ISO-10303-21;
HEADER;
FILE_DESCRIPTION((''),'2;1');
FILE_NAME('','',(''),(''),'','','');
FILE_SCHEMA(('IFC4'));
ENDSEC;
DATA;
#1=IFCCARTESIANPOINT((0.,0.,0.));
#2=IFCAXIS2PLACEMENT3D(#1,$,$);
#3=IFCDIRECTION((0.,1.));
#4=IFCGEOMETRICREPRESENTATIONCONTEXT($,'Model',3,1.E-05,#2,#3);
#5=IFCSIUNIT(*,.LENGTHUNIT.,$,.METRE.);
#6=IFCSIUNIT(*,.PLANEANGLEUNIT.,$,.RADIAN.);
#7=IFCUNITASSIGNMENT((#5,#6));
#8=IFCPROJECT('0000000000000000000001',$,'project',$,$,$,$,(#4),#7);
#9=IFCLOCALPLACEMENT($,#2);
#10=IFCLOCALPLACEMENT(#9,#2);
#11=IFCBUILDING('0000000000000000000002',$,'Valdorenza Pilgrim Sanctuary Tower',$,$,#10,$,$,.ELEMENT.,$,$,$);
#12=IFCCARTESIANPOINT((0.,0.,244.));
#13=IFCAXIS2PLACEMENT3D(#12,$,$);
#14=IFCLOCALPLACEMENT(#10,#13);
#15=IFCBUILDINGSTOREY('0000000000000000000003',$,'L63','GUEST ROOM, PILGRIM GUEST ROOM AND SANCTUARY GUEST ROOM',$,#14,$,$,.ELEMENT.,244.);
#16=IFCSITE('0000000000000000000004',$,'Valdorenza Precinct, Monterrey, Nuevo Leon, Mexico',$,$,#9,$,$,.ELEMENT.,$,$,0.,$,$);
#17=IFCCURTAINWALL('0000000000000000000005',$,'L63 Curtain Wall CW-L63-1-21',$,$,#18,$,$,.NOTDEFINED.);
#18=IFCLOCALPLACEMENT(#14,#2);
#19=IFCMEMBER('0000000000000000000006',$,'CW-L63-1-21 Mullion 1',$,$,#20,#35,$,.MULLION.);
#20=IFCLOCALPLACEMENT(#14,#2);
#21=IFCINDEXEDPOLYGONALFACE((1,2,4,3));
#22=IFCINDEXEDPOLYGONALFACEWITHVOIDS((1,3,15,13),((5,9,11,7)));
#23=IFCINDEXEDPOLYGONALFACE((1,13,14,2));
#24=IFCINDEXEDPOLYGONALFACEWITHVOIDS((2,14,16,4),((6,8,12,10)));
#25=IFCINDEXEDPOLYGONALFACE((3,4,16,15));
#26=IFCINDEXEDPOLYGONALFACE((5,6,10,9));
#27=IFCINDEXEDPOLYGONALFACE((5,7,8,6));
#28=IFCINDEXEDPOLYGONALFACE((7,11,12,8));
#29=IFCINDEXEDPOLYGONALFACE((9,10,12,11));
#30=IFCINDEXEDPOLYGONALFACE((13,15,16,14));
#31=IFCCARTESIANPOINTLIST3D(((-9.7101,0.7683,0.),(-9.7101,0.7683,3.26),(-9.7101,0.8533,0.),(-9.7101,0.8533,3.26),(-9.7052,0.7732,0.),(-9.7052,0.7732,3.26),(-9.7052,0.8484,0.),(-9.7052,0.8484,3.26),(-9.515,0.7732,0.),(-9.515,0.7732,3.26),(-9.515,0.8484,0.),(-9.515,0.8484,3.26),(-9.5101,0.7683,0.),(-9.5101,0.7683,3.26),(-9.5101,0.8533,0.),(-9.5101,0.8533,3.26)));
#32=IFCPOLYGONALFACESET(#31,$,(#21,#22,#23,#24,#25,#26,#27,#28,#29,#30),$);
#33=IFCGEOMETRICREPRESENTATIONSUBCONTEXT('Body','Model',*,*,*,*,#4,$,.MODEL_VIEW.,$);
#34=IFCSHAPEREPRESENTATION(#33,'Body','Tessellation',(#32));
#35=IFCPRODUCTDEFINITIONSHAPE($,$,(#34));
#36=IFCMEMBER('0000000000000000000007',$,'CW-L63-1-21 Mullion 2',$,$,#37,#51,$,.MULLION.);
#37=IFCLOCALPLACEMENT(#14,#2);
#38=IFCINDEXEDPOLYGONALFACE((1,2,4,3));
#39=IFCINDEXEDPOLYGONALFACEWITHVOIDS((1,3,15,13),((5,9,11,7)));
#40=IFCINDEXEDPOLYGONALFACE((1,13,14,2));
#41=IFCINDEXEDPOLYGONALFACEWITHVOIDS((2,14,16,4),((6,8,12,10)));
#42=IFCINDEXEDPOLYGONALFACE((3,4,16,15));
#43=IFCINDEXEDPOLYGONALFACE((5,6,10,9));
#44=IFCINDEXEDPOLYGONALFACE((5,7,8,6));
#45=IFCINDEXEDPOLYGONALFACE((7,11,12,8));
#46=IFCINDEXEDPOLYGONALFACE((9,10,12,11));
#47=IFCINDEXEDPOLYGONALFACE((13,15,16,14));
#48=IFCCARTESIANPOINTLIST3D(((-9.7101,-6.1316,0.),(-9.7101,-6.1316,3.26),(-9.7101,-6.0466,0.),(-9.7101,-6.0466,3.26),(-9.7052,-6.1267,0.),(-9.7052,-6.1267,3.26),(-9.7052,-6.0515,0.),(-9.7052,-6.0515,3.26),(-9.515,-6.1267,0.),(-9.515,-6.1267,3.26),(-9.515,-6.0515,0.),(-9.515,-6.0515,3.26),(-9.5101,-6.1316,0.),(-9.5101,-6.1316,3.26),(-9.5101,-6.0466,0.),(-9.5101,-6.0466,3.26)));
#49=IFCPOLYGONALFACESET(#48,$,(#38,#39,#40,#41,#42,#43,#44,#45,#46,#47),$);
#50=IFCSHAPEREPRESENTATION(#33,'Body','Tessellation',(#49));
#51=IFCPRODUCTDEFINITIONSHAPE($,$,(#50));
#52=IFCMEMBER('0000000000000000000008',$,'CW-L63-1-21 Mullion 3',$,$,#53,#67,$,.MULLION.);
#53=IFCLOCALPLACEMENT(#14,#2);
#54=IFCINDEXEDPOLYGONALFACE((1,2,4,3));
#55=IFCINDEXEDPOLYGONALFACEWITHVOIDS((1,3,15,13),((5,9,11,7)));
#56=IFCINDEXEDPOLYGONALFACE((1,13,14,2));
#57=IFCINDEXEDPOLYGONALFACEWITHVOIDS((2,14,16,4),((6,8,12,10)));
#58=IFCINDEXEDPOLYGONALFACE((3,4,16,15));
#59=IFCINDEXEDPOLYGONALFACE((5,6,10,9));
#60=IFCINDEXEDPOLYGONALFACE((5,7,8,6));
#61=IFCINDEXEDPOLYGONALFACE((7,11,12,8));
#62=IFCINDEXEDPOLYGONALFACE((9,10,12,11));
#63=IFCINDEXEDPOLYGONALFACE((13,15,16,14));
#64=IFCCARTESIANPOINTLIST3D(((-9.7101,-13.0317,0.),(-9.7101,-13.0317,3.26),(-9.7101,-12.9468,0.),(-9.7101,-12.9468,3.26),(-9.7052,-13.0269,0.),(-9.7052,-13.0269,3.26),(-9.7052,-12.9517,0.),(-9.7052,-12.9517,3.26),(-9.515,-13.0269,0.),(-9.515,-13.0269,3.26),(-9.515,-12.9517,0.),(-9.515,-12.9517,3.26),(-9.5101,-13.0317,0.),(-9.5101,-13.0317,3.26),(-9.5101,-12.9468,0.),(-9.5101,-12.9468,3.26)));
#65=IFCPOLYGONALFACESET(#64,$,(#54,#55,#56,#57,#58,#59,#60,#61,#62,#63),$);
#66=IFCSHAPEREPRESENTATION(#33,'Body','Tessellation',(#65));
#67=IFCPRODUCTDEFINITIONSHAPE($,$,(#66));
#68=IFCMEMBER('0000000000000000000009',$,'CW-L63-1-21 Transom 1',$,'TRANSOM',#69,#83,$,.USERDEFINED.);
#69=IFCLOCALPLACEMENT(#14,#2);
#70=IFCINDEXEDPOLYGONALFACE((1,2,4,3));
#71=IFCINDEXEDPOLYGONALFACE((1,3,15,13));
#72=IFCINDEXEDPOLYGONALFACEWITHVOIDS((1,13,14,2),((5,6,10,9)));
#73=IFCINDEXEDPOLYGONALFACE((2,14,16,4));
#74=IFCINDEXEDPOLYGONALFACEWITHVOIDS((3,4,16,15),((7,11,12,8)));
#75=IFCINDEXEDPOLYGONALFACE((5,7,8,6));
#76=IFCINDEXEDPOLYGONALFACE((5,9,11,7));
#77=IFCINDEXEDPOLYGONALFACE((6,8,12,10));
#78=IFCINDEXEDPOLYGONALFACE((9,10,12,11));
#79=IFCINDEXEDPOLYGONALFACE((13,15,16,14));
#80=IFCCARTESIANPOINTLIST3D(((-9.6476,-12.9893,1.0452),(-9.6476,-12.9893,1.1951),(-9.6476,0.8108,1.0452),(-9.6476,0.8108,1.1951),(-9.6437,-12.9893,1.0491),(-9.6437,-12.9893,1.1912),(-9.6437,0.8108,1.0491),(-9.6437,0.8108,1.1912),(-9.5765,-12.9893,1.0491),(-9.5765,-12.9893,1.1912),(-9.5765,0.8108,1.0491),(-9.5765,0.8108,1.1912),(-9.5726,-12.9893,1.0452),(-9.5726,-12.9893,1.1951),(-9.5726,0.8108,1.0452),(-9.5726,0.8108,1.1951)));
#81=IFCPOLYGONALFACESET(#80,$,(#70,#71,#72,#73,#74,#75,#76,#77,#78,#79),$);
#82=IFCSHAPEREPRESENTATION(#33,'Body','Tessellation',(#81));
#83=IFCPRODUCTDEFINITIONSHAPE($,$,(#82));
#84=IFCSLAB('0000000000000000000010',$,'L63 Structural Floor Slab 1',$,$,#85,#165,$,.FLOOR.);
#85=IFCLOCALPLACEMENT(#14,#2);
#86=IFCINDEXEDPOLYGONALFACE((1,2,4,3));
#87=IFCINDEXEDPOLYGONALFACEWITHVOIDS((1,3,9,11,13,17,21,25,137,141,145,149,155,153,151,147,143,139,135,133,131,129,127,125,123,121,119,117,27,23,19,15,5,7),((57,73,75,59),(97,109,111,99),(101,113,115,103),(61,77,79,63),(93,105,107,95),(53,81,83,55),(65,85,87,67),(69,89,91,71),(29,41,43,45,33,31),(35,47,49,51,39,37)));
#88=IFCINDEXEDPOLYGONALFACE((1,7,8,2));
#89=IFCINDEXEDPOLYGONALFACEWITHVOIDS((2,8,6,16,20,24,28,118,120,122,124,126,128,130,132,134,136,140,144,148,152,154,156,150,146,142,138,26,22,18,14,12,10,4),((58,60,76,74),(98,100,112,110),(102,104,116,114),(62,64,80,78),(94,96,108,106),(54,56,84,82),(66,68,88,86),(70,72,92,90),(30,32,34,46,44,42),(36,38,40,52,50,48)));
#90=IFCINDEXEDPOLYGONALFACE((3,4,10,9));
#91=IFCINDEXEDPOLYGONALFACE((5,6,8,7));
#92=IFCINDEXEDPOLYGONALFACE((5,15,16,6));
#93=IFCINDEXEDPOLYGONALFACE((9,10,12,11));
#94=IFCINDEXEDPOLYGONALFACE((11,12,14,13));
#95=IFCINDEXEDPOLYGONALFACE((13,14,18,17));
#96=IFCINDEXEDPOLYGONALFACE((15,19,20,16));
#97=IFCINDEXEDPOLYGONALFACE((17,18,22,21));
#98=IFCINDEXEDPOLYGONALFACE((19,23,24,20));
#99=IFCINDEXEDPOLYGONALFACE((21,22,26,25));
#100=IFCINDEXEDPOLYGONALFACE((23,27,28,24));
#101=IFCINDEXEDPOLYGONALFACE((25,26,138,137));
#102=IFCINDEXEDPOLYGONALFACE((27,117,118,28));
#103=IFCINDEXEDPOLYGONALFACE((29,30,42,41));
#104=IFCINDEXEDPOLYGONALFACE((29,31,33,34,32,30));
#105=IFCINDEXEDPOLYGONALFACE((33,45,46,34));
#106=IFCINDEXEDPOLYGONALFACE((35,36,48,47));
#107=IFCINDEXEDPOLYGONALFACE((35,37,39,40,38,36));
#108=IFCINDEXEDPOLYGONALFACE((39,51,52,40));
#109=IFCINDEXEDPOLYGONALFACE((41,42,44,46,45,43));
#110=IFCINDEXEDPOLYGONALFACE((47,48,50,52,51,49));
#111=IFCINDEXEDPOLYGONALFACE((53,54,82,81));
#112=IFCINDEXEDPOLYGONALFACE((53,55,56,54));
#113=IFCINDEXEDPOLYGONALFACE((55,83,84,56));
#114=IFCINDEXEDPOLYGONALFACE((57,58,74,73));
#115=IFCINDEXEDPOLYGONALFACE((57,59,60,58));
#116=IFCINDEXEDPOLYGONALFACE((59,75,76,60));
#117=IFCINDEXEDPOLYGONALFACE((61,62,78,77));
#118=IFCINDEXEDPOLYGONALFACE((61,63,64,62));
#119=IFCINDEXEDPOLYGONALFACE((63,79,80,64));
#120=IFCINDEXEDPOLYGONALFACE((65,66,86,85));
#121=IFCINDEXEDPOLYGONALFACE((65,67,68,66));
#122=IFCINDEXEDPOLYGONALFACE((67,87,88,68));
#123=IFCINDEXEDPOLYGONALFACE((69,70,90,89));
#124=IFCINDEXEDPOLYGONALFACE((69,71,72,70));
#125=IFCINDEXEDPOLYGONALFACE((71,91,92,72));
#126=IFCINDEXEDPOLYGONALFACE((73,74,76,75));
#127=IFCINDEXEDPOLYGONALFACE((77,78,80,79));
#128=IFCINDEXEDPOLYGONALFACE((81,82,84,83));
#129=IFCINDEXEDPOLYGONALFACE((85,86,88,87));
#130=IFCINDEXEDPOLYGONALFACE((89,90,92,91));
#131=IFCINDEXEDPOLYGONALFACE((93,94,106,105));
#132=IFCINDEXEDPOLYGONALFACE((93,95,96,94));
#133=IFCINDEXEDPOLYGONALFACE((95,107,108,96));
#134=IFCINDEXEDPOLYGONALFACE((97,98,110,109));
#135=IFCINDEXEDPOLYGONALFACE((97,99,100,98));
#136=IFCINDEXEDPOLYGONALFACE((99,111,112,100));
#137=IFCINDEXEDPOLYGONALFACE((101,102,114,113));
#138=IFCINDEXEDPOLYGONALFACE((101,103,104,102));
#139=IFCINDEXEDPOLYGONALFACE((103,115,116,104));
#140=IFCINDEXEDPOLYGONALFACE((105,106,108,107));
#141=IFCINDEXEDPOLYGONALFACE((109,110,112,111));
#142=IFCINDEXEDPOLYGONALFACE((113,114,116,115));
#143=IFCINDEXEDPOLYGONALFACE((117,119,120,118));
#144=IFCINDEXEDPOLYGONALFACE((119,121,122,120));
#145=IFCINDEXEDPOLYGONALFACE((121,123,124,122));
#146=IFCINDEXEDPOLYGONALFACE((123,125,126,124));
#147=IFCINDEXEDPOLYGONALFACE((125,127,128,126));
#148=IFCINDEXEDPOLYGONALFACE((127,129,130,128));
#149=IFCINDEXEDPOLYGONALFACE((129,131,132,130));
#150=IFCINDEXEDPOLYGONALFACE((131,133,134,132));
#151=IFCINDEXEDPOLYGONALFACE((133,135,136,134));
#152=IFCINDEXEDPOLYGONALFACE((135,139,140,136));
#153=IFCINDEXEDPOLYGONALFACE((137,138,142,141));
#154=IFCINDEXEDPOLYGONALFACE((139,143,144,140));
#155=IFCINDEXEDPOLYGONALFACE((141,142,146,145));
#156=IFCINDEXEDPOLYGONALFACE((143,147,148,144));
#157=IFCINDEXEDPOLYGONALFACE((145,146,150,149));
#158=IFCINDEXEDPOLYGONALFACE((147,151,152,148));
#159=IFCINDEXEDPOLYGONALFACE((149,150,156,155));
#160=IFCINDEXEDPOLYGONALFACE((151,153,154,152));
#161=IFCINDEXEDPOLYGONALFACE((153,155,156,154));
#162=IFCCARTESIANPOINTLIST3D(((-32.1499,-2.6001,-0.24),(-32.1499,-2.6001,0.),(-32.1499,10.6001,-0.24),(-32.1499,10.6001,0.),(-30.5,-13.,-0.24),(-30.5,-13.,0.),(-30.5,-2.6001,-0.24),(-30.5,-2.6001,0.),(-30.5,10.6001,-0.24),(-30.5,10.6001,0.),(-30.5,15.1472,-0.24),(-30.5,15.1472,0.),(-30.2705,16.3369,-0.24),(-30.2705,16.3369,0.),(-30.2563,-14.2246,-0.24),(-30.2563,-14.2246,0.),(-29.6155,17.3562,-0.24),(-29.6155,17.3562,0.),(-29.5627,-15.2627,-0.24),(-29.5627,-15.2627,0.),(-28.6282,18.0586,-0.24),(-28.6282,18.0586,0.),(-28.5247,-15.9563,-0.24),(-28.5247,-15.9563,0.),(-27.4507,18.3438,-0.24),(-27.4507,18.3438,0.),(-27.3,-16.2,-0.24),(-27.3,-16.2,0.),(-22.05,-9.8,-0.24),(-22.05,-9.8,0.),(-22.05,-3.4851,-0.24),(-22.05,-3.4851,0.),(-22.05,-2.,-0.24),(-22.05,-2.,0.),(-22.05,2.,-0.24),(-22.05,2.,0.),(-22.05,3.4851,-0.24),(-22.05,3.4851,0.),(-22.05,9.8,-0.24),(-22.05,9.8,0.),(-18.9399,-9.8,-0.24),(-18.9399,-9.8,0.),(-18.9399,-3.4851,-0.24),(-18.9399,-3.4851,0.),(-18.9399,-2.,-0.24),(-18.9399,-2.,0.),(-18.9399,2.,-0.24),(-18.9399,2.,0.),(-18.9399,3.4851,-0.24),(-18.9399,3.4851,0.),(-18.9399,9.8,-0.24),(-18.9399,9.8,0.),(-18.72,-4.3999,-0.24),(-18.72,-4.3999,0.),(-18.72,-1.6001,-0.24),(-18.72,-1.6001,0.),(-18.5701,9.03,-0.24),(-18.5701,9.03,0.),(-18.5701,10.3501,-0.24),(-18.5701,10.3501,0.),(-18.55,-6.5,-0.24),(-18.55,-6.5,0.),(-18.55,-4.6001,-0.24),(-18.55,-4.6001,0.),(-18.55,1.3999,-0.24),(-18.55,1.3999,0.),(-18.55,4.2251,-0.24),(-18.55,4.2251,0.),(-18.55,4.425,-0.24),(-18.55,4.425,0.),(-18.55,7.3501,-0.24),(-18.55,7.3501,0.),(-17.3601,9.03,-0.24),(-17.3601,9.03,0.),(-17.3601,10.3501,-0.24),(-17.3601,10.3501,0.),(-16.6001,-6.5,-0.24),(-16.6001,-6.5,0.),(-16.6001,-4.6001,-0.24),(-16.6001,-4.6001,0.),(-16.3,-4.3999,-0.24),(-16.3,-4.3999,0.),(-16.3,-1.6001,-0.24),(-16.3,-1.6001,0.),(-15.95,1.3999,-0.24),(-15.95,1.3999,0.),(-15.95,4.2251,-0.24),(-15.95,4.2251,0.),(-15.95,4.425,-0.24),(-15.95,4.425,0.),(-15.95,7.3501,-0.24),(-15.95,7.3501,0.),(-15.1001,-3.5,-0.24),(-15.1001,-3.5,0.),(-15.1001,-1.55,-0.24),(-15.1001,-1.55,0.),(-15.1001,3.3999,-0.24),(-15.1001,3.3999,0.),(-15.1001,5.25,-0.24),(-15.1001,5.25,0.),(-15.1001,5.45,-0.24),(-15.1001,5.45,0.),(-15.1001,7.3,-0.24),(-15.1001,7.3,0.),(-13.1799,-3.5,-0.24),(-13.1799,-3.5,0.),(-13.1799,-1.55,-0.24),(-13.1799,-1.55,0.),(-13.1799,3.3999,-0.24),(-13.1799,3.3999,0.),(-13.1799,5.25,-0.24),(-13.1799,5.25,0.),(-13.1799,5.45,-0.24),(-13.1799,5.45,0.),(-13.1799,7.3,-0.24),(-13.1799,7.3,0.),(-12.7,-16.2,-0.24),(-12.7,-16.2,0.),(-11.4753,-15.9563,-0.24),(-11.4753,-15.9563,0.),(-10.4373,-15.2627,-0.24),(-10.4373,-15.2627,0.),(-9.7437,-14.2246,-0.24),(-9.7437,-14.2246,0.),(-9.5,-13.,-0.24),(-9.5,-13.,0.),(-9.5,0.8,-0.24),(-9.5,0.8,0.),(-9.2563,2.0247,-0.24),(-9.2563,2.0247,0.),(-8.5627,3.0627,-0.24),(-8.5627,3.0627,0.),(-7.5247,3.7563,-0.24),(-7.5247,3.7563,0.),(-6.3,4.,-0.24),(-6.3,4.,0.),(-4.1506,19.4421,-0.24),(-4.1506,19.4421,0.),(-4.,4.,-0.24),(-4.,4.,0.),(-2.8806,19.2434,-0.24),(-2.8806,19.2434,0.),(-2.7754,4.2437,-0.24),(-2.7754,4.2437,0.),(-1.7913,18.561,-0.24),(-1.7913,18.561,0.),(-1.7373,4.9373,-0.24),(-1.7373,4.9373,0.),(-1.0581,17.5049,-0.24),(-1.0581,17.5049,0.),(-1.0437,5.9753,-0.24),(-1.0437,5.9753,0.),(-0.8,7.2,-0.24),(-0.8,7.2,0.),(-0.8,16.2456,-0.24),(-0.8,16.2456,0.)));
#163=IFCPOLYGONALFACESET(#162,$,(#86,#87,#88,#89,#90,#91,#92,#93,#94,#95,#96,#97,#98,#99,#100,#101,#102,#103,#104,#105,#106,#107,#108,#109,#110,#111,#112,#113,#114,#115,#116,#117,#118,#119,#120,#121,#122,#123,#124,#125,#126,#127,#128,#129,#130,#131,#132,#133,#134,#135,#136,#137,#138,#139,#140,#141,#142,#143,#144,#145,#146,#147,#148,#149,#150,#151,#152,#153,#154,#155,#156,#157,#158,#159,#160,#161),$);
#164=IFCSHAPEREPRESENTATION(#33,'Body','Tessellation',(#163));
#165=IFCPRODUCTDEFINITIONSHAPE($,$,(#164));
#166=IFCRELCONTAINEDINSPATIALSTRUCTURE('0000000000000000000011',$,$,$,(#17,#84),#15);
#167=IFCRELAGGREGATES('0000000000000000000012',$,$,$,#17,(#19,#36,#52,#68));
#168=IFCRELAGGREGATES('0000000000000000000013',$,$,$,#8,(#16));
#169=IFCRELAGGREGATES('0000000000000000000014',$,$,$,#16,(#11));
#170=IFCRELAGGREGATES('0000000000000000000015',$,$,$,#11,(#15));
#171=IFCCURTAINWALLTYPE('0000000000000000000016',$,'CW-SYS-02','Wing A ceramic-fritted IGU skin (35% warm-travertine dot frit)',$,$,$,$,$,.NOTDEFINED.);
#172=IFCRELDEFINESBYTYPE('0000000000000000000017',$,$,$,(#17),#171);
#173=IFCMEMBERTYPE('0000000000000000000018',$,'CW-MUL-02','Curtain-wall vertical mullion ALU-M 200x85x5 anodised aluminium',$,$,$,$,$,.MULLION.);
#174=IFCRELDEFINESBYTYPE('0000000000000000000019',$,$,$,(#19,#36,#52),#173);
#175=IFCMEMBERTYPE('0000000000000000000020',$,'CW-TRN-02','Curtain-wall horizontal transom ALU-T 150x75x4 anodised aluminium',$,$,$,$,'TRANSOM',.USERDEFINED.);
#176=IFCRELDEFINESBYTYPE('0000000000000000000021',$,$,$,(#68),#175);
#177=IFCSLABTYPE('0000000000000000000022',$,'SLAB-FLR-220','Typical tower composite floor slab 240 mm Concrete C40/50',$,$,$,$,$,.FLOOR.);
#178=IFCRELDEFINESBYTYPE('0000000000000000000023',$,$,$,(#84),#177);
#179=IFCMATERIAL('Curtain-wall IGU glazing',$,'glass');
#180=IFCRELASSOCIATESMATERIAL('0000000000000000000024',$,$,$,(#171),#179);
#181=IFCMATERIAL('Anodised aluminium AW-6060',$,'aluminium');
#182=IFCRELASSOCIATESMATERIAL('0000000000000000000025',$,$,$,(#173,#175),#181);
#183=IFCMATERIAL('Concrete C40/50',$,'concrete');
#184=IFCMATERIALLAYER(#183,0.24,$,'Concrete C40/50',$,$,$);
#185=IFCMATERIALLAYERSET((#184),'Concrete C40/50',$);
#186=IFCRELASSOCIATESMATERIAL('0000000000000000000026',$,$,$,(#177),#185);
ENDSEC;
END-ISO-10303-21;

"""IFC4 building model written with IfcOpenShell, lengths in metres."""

from ifc_helpers import new_model, si_unit, direction, frame, origin, origin_2d, place, context, subcontext, project, spatial, polyline, hollow_rectangle, outline, extrude, source, transform, mapped, material, layer, layer_set, material_profile, profile_set, type_object, element, aggregate, save


model = new_model("IFC4")

# Units and contexts
model_context = context("Model", 3, precision=1e-05, world=origin(), true_north=direction((0.0, 1.0)))
body_context = subcontext(model_context, "Body", "Model", "MODEL_VIEW")
ifc_project = project(units=[si_unit("LENGTHUNIT", "METRE"), si_unit("PLANEANGLEUNIT", "RADIAN")], contexts=[model_context])

# Site, building, storey
site_placement = place(None, origin())
site = spatial("IfcSite", under=ifc_project, at=site_placement, Name="Valdorenza Precinct, Monterrey, Nuevo Leon, Mexico", CompositionType="ELEMENT", RefElevation=0.0)
building_placement = place(site_placement, origin())
building = spatial("IfcBuilding", under=site, at=building_placement, Name="Valdorenza Pilgrim Sanctuary Tower", CompositionType="ELEMENT")
storey_placement = place(building_placement, frame((0.0, 0.0, 244.0)))
storey = spatial("IfcBuildingStorey", under=building, at=storey_placement, Name="L63", Description="GUEST ROOM, PILGRIM GUEST ROOM AND SANCTUARY GUEST ROOM", CompositionType="ELEMENT", Elevation=244.0)

# Curtain wall, members
ifc_material_1 = material(Name="Curtain-wall IGU glazing", Category="glass")
curtain_wall_type = type_object("IfcCurtainWallType", Name="CW-SYS-02", Description="Wing A ceramic-fritted IGU skin (35% warm-travertine dot frit)", PredefinedType="NOTDEFINED", material=ifc_material_1)
curtain_wall_placement = place(storey_placement, origin())
curtain_wall = element("IfcCurtainWall", 1, at=curtain_wall_placement, inside=storey, type_object=curtain_wall_type, Name="L63 Curtain Wall CW-L63-1-21", PredefinedType="NOTDEFINED")
ifc_material_2 = material(Name="Anodised aluminium AW-6060", Category="aluminium")
ifc_material_profile_1 = material_profile(ifc_material_2, hollow_rectangle(XDim=0.085, YDim=0.2, WallThickness=0.0049, at=origin_2d()), Name="ALU-M 200x85x5")
ifc_profile_set_1 = profile_set([ifc_material_profile_1], Name="Anodised aluminium AW-6060")
member_type_1 = type_object("IfcMemberType", Name="CW-MUL-02", Description="Curtain-wall vertical mullion ALU-M 200x85x5 anodised aluminium", PredefinedType="MULLION", material=ifc_profile_set_1)
shared_shape_1 = source(origin(), body_context, "Body", "SweptSolid", [
    extrude(hollow_rectangle(XDim=0.085, YDim=0.2, WallThickness=0.0049, at=origin_2d()), origin(), (0.0, 0.0, 1.0), 3.26),
])
member_1_placement = place(storey_placement, frame((-9.6101, 0.8108, 0.0), z_axis=(0.0, 0.0, 1.0), x_axis=(0.0, -1.0, 0.0)))
member_1 = element("IfcMember", 2, at=member_1_placement, type_object=member_type_1, Name="CW-L63-1-21 Mullion 1", PredefinedType="MULLION", context=body_context, shape_type="MappedRepresentation", body=[
    mapped(shared_shape_1, transform((0.0, 0.0, 0.0), x_axis=(1.0, 0.0, 0.0), y_axis=(0.0, 1.0, 0.0), z_axis=(0.0, 0.0, 1.0), scale=1.0)),
])
member_2_placement = place(storey_placement, frame((-9.6101, -6.0891, 0.0), z_axis=(0.0, 0.0, 1.0), x_axis=(0.0, -1.0, 0.0)))
member_2 = element("IfcMember", 3, at=member_2_placement, type_object=member_type_1, Name="CW-L63-1-21 Mullion 2", PredefinedType="MULLION", context=body_context, shape_type="MappedRepresentation", body=[
    mapped(shared_shape_1, transform((0.0, 0.0, 0.0), x_axis=(1.0, 0.0, 0.0), y_axis=(0.0, 1.0, 0.0), z_axis=(0.0, 0.0, 1.0), scale=1.0)),
])
member_3_placement = place(storey_placement, frame((-9.6101, -12.9893, 0.0), z_axis=(0.0, 0.0, 1.0), x_axis=(0.0, -1.0, 0.0)))
member_3 = element("IfcMember", 4, at=member_3_placement, type_object=member_type_1, Name="CW-L63-1-21 Mullion 3", PredefinedType="MULLION", context=body_context, shape_type="MappedRepresentation", body=[
    mapped(shared_shape_1, transform((0.0, 0.0, 0.0), x_axis=(1.0, 0.0, 0.0), y_axis=(0.0, 1.0, 0.0), z_axis=(0.0, 0.0, 1.0), scale=1.0)),
])
ifc_material_profile_2 = material_profile(ifc_material_2, hollow_rectangle(XDim=0.075, YDim=0.1499, WallThickness=0.0039, at=origin_2d()), Name="ALU-T 150x75x4")
ifc_profile_set_2 = profile_set([ifc_material_profile_2], Name="Anodised aluminium AW-6060")
member_type_2 = type_object("IfcMemberType", Name="CW-TRN-02", Description="Curtain-wall horizontal transom ALU-T 150x75x4 anodised aluminium", ElementType="TRANSOM", PredefinedType="USERDEFINED", material=ifc_profile_set_2)
shared_shape_2 = source(origin(), body_context, "Body", "SweptSolid", [
    extrude(hollow_rectangle(XDim=0.075, YDim=0.1499, WallThickness=0.0039, at=origin_2d()), origin(), (0.0, 0.0, 1.0), 13.8),
])
member_4_placement = place(storey_placement, frame((-9.6101, 0.8108, 1.1201), z_axis=(0.0, -1.0, 0.0), x_axis=(1.0, 0.0, 0.0)))
member_4 = element("IfcMember", 5, at=member_4_placement, type_object=member_type_2, Name="CW-L63-1-21 Transom 1", ObjectType="TRANSOM", PredefinedType="USERDEFINED", context=body_context, shape_type="MappedRepresentation", body=[
    mapped(shared_shape_2, transform((0.0, 0.0, 0.0), x_axis=(1.0, 0.0, 0.0), y_axis=(0.0, 1.0, 0.0), z_axis=(0.0, 0.0, 1.0), scale=1.0)),
])

# Slab
ifc_material_3 = material(Name="Concrete C40/50", Category="concrete")
ifc_layer_1 = layer(ifc_material_3, 0.24, Name="Concrete C40/50")
ifc_layer_set_1 = layer_set([ifc_layer_1], Name="Concrete C40/50")
slab_type_1 = type_object("IfcSlabType", Name="SLAB-FLR-220", Description="Typical tower composite floor slab 240 mm Concrete C40/50", PredefinedType="FLOOR", material=ifc_layer_set_1)
slab_1_placement = place(storey_placement, frame((0.0, 0.0, -0.24)))
element("IfcSlab", 6, at=slab_1_placement, inside=storey, type_object=slab_type_1, Name="L63 Structural Floor Slab 1", PredefinedType="FLOOR", context=body_context, shape_type="SweptSolid", body=[
    extrude(outline(polyline([(-30.2705, 16.3369), (-29.6155, 17.3562), (-28.6282, 18.0586), (-27.4507, 18.3438), (-4.1506, 19.4421), (-2.8806, 19.2434), (-1.7913, 18.561), (-1.0581, 17.5049), (-0.8, 16.2456), (-0.8, 7.2), (-1.0437, 5.9753), (-1.7373, 4.9373), (-2.7754, 4.2437), (-4.0, 4.0), (-6.3, 4.0), (-7.5247, 3.7563), (-8.5627, 3.0627), (-9.2563, 2.0247), (-9.5, 0.8), (-9.5, -13.0), (-9.7437, -14.2246), (-10.4373, -15.2627), (-11.4753, -15.9563), (-12.7, -16.2), (-27.3, -16.2), (-28.5247, -15.9563), (-29.5627, -15.2627), (-30.2563, -14.2246), (-30.5, -13.0), (-30.5, -2.6001), (-32.1499, -2.6001), (-32.1499, 10.6001), (-30.5, 10.6001), (-30.5, 15.1472), (-30.2705, 16.3369)]), holes=[polyline([(-22.05, -9.8), (-18.9399, -9.8), (-18.9399, -3.4851), (-18.9399, -2.0), (-22.05, -2.0), (-22.05, -3.4851), (-22.05, -9.8)]), polyline([(-16.6001, -6.5), (-16.6001, -4.6001), (-18.55, -4.6001), (-18.55, -6.5), (-16.6001, -6.5)]), polyline([(-22.05, 2.0), (-18.9399, 2.0), (-18.9399, 3.4851), (-18.9399, 9.8), (-22.05, 9.8), (-22.05, 3.4851), (-22.05, 2.0)]), polyline([(-17.3601, 9.03), (-17.3601, 10.3501), (-18.5701, 10.3501), (-18.5701, 9.03), (-17.3601, 9.03)]), polyline([(-16.3, -1.6001), (-18.72, -1.6001), (-18.72, -4.3999), (-16.3, -4.3999), (-16.3, -1.6001)]), polyline([(-13.1799, -3.5), (-13.1799, -1.55), (-15.1001, -1.55), (-15.1001, -3.5), (-13.1799, -3.5)]), polyline([(-15.95, 1.3999), (-15.95, 4.2251), (-18.55, 4.2251), (-18.55, 1.3999), (-15.95, 1.3999)]), polyline([(-13.1799, 5.25), (-15.1001, 5.25), (-15.1001, 3.3999), (-13.1799, 3.3999), (-13.1799, 5.25)]), polyline([(-15.95, 4.425), (-15.95, 7.3501), (-18.55, 7.3501), (-18.55, 4.425), (-15.95, 4.425)]), polyline([(-13.1799, 5.45), (-13.1799, 7.3), (-15.1001, 7.3), (-15.1001, 5.45), (-13.1799, 5.45)])]), origin(), (0.0, 0.0, 1.0), 0.24),
])

aggregate(curtain_wall, [member_1, member_2, member_3, member_4])

save(model, "model.ifc")
